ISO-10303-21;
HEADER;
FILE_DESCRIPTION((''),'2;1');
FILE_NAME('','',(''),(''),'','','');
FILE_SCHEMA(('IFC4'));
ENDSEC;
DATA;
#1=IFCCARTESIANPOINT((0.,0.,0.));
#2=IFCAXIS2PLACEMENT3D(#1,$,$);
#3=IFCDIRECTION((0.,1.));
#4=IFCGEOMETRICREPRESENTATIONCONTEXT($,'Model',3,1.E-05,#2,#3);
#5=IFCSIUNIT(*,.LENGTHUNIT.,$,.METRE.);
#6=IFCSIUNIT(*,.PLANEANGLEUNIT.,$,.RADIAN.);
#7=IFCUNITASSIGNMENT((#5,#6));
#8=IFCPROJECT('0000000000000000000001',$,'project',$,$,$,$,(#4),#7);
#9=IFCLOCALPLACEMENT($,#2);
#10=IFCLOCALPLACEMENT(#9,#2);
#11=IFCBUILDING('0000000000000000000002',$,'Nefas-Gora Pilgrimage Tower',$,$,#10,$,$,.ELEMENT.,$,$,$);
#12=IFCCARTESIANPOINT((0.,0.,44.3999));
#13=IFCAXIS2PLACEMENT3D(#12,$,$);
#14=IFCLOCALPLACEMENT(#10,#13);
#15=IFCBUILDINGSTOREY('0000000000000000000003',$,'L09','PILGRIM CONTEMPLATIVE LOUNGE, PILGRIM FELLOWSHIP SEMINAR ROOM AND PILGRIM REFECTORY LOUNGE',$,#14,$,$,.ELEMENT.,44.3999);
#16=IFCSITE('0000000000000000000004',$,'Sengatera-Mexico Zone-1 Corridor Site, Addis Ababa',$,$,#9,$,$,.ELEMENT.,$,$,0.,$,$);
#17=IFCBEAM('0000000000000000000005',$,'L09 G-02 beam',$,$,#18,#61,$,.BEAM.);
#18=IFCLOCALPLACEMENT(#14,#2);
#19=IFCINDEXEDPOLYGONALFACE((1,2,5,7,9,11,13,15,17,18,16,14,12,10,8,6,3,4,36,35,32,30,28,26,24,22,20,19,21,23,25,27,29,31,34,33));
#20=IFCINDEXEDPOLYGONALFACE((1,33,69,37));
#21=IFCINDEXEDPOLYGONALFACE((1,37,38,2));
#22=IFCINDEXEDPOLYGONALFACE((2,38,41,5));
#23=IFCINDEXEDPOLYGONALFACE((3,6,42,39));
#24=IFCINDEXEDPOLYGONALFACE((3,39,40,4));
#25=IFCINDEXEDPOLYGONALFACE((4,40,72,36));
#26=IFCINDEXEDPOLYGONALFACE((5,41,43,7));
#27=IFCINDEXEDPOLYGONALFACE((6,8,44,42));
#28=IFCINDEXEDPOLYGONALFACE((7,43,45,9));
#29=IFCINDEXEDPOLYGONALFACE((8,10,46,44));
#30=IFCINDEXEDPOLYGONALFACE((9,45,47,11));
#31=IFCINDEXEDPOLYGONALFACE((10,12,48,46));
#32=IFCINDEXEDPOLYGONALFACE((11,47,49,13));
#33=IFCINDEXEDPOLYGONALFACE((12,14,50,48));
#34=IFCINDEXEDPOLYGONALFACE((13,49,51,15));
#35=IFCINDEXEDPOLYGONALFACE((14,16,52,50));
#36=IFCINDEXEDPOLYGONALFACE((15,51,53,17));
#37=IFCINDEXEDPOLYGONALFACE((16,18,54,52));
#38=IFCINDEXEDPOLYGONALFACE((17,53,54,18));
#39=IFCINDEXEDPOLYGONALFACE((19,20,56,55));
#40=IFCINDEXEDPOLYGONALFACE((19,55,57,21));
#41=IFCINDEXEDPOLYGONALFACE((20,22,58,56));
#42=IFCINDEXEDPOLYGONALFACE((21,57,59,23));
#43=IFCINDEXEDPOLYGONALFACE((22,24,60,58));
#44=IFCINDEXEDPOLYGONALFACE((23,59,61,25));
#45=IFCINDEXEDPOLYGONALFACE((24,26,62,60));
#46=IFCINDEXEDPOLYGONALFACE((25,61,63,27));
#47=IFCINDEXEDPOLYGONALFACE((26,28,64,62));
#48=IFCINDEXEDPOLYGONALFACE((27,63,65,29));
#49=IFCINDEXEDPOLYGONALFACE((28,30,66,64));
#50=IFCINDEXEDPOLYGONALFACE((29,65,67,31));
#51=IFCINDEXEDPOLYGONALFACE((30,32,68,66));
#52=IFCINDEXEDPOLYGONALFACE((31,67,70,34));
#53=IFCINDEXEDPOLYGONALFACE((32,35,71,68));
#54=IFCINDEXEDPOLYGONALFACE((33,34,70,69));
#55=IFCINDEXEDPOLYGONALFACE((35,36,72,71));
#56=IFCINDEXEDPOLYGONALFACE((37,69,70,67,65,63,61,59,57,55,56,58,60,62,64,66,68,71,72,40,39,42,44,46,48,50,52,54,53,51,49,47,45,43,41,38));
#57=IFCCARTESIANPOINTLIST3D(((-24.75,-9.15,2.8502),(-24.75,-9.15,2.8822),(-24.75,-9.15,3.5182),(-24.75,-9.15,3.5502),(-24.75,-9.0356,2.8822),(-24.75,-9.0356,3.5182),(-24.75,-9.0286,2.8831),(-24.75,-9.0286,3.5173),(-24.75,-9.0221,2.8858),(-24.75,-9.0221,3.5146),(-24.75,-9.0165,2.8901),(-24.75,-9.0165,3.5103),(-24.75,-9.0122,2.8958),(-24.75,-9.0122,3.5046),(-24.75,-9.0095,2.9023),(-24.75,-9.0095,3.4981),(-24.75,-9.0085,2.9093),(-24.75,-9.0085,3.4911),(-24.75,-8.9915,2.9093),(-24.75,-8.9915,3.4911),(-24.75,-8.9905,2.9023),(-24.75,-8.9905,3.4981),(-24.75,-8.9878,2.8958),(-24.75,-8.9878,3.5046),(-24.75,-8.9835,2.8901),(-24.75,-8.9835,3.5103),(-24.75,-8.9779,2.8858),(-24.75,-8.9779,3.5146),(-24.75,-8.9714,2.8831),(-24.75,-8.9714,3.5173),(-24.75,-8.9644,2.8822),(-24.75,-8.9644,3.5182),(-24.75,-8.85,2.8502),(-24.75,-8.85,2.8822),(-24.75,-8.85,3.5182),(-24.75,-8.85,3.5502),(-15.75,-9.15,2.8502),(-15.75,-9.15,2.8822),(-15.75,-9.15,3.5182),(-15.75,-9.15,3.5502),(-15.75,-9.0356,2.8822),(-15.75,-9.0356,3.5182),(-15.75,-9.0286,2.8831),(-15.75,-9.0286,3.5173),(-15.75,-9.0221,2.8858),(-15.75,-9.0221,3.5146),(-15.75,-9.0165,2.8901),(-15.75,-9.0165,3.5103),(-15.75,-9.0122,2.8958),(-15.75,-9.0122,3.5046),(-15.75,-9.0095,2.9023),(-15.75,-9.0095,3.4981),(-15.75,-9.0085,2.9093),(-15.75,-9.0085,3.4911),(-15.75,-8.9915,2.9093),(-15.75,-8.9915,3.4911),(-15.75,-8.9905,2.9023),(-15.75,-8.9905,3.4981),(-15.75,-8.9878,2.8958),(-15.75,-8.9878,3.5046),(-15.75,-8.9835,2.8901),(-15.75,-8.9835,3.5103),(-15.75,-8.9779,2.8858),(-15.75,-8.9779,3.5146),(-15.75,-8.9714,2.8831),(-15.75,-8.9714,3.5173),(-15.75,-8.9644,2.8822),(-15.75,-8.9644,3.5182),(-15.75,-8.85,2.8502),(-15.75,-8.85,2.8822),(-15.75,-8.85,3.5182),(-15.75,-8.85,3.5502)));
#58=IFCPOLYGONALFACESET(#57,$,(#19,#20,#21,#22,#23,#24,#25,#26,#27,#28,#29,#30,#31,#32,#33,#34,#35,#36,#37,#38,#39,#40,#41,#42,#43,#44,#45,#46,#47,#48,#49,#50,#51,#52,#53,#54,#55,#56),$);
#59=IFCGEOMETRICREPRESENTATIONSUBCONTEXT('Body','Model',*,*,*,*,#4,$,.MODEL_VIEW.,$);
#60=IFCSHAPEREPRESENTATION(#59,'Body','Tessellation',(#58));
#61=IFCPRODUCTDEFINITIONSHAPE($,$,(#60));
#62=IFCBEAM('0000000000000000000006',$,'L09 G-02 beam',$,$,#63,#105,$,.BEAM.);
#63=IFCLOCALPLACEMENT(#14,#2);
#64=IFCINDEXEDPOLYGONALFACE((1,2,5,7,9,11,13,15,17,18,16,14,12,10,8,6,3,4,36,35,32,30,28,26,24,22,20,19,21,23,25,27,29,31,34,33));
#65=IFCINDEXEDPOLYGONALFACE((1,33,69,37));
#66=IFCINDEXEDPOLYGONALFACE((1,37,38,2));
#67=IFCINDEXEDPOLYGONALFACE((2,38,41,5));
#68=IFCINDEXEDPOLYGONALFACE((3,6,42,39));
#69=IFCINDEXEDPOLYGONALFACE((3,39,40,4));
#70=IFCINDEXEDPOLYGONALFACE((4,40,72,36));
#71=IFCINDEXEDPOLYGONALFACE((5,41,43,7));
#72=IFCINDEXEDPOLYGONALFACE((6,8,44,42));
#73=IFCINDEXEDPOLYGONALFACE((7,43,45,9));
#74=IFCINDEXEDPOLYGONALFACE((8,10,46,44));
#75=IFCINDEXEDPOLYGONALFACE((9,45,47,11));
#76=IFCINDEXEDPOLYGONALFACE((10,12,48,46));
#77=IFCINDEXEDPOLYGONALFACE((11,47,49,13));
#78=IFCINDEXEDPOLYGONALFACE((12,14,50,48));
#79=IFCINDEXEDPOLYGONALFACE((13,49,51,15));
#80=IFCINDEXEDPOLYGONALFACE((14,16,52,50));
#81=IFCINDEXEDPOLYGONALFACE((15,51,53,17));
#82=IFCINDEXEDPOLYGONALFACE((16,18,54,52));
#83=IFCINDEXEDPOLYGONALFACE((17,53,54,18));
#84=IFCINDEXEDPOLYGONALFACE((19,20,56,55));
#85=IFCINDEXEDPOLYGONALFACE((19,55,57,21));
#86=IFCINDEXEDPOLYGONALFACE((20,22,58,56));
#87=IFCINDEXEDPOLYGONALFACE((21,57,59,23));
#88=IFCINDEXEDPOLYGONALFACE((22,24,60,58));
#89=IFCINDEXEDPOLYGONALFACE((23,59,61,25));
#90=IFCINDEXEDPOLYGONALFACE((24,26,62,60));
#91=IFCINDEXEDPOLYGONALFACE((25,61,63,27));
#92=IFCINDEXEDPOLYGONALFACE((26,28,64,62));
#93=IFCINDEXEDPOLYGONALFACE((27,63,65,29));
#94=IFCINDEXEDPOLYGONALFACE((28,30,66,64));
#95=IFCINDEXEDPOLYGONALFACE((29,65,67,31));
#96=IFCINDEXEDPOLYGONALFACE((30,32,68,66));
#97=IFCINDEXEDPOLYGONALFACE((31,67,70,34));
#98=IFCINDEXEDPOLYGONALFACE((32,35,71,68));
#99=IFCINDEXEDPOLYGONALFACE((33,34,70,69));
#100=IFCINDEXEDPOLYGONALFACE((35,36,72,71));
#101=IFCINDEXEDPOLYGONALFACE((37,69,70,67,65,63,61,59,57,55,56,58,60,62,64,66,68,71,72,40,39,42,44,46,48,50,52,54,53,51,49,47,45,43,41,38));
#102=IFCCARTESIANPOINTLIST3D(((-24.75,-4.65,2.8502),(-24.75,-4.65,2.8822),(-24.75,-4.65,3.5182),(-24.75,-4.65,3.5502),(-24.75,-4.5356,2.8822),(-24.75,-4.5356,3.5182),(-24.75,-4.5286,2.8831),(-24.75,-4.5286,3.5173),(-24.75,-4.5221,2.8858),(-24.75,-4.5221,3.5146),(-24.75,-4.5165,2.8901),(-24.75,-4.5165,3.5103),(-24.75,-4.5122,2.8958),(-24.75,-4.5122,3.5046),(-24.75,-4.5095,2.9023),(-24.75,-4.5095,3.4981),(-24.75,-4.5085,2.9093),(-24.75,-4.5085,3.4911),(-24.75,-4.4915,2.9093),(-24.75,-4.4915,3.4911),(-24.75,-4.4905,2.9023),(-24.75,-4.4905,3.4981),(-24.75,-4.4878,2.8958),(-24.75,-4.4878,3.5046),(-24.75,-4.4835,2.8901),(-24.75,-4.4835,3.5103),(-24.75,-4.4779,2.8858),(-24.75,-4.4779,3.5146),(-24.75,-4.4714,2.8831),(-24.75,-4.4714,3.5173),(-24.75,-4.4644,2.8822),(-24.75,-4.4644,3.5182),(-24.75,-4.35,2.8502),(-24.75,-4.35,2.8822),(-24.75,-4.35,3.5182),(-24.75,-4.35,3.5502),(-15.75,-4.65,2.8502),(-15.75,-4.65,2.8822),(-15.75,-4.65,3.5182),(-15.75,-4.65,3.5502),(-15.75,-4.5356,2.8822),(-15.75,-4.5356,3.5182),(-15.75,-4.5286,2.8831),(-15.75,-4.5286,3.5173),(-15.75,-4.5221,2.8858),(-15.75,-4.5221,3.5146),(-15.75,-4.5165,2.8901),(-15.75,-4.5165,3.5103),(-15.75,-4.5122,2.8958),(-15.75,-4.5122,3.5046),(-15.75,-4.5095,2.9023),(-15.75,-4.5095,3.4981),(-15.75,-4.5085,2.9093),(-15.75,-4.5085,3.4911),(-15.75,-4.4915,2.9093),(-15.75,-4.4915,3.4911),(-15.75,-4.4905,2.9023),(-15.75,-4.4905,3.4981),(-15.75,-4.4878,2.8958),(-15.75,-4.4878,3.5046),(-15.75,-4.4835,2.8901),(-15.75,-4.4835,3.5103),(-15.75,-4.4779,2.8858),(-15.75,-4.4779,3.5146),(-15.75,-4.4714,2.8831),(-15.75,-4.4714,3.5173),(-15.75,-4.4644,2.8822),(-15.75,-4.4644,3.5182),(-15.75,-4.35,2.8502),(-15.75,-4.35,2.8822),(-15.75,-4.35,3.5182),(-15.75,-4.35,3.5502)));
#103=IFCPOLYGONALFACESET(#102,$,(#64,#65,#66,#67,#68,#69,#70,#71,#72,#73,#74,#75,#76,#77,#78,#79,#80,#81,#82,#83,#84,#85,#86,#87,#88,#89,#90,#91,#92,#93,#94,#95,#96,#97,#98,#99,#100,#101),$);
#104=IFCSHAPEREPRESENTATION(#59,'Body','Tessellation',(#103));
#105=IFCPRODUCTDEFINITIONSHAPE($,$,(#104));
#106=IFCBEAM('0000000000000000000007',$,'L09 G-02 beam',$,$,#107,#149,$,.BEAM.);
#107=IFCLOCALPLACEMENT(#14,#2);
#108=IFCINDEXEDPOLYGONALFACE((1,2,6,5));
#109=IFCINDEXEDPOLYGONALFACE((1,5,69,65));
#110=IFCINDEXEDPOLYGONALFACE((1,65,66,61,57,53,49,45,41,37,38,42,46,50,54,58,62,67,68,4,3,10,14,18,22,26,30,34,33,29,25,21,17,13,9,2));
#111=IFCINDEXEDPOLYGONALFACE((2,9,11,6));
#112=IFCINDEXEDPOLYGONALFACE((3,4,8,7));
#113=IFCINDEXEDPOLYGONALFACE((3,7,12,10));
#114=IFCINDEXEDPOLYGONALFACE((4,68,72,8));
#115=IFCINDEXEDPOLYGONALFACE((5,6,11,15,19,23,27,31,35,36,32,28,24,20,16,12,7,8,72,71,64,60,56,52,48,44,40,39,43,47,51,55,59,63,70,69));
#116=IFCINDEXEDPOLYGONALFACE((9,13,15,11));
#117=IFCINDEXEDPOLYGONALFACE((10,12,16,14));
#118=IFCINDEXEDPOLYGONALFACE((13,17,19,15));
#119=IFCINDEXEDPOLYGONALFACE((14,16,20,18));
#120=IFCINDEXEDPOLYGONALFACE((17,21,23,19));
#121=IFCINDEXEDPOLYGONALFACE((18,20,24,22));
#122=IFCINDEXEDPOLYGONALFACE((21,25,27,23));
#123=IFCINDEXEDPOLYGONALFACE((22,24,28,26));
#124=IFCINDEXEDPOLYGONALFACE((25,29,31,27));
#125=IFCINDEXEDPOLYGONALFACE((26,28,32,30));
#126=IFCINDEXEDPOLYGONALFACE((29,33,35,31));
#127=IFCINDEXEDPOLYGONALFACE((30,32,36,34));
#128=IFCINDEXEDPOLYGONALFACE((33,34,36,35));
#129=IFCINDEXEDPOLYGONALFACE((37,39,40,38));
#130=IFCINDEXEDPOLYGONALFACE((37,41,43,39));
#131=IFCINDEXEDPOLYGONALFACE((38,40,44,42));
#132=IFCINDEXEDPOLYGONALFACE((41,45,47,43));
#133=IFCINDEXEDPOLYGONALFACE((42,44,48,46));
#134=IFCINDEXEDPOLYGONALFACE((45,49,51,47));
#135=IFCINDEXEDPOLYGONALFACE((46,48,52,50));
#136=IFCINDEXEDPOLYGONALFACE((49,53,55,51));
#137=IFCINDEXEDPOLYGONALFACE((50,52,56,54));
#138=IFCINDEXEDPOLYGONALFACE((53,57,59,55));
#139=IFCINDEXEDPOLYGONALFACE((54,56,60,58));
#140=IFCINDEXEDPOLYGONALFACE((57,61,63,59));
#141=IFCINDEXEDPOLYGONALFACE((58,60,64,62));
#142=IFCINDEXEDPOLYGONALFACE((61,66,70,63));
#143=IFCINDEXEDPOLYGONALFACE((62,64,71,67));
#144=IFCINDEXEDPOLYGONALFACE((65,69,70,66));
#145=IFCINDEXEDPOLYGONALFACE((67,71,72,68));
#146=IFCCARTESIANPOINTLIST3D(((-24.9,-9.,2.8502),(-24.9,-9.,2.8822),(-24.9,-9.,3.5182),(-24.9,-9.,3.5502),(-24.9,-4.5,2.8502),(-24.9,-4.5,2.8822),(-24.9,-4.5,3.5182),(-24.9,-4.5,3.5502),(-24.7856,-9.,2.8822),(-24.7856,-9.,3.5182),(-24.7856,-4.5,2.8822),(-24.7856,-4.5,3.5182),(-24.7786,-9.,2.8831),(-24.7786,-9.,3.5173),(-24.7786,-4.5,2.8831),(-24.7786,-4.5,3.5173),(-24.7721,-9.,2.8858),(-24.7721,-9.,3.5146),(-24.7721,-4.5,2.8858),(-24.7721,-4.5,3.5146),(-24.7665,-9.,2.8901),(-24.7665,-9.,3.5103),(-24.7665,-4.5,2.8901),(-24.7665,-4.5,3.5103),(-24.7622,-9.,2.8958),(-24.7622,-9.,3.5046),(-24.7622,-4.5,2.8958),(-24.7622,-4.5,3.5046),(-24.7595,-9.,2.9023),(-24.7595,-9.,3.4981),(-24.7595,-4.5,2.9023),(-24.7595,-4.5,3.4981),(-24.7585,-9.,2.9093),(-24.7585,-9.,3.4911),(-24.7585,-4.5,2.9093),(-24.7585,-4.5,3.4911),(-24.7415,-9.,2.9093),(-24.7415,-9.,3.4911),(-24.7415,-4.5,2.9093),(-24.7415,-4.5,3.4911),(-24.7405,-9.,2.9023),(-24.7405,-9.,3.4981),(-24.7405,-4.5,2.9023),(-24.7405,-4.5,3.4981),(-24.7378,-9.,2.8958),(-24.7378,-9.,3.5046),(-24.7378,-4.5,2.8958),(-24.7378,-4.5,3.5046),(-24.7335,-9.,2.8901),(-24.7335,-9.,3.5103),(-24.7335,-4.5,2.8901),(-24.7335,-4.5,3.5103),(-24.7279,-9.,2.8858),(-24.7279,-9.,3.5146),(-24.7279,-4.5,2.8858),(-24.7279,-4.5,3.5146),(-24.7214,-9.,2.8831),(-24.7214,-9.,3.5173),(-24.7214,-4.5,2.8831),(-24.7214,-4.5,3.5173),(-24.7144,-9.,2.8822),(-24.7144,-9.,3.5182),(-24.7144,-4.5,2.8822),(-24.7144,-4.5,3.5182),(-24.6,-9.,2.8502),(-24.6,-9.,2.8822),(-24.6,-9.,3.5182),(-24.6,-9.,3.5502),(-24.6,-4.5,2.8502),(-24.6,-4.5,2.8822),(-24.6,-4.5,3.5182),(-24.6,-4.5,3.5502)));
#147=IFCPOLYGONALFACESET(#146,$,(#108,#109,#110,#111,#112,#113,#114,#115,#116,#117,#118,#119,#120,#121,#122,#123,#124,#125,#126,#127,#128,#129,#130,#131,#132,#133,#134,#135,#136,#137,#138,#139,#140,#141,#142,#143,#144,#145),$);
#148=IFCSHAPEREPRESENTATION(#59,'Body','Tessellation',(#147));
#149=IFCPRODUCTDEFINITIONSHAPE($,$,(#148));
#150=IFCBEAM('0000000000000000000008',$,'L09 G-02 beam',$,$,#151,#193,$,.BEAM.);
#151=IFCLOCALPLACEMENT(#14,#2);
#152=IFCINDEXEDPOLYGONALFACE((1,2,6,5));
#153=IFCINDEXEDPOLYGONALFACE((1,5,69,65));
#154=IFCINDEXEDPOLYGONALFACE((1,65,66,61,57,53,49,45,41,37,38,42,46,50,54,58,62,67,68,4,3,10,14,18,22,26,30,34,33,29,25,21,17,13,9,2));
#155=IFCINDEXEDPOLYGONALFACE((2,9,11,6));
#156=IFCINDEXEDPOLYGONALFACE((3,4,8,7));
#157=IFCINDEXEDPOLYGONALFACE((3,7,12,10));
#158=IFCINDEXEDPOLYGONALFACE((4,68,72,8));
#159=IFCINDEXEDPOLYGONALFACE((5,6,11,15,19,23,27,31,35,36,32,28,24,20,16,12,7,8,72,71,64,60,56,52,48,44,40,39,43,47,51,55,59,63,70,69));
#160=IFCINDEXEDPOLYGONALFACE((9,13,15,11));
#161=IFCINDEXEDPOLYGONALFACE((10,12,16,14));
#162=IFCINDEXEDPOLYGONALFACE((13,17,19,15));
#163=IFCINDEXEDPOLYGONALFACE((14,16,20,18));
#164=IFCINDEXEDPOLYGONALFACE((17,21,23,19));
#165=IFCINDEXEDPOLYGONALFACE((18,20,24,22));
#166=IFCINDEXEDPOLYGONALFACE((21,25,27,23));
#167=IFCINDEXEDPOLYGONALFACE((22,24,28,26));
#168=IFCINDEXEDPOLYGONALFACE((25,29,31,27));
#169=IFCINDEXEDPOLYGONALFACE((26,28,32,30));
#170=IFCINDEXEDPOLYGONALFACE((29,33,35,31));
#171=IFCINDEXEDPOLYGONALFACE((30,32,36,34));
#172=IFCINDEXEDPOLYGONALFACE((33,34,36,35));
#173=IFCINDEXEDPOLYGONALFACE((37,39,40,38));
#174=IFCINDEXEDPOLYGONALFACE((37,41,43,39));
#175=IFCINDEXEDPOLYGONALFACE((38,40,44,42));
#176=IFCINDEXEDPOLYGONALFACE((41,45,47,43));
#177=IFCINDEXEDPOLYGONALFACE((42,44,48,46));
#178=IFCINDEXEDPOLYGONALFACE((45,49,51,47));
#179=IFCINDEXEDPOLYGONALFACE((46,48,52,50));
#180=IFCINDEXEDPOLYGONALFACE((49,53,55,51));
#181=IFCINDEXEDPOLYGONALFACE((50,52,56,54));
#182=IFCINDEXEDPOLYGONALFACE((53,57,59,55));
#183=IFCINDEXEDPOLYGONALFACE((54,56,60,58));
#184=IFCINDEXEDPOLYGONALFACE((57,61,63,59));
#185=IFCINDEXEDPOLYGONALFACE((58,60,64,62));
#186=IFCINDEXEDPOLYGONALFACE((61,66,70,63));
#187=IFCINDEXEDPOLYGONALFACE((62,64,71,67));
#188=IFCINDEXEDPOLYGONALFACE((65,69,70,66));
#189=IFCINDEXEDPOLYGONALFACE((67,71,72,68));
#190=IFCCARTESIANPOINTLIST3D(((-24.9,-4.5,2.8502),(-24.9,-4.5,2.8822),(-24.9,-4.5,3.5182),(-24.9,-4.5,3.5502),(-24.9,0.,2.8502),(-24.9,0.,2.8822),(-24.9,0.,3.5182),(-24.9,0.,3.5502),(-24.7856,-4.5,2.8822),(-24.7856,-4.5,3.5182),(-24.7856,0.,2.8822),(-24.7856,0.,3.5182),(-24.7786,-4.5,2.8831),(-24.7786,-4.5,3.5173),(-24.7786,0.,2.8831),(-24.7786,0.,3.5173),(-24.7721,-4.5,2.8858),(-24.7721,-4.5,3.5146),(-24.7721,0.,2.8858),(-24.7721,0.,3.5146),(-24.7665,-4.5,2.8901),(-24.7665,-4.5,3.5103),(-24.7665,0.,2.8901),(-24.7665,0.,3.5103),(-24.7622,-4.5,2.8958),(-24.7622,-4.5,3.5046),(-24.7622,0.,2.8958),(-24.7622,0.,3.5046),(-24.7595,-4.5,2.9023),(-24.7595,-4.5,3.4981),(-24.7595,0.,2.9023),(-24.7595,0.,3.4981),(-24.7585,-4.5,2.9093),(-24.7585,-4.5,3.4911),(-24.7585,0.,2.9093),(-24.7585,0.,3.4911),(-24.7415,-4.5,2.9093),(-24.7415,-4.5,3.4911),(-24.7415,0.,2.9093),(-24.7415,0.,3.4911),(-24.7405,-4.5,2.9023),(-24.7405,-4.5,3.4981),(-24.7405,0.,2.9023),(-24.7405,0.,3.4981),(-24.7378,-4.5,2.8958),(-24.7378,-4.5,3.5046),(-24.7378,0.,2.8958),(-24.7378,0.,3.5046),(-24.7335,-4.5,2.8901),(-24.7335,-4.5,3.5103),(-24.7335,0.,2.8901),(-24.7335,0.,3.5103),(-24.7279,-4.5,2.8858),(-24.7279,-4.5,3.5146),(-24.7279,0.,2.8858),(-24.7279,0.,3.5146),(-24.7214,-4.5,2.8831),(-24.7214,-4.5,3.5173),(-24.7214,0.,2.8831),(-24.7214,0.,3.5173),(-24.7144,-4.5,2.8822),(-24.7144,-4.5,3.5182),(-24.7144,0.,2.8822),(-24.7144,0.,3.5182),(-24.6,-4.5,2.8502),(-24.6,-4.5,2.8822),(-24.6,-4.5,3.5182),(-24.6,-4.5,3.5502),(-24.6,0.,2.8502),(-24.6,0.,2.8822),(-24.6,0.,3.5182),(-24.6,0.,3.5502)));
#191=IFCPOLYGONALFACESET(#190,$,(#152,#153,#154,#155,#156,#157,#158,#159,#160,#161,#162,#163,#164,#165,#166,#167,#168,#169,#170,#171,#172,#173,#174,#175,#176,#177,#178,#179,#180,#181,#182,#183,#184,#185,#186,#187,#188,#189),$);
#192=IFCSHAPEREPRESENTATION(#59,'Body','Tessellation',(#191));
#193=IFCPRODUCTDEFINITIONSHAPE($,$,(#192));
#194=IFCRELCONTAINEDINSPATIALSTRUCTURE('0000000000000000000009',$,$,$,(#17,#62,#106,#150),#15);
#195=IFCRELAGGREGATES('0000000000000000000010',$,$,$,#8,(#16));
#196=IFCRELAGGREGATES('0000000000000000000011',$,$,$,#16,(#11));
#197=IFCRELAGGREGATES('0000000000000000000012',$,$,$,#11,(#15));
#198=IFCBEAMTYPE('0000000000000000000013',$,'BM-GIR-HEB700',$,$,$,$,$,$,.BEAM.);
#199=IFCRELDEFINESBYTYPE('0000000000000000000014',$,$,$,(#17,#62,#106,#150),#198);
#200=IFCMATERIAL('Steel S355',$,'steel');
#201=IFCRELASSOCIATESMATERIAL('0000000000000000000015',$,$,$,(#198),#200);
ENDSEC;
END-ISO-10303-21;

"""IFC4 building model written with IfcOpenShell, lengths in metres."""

from ifc_helpers import new_model, si_unit, direction, frame, origin, origin_2d, place, context, subcontext, project, spatial, i_section, extrude, source, transform, mapped, material, material_profile, profile_set, type_object, element, save


model = new_model("IFC4")

# Units and contexts
model_context = context("Model", 3, precision=1e-05, world=origin(), true_north=direction((0.0, 1.0)))
body_context = subcontext(model_context, "Body", "Model", "MODEL_VIEW")
ifc_project = project(units=[si_unit("LENGTHUNIT", "METRE"), si_unit("PLANEANGLEUNIT", "RADIAN")], contexts=[model_context])

# Site, building, storey
site_placement = place(None, origin())
site = spatial("IfcSite", under=ifc_project, at=site_placement, Name="Sengatera-Mexico Zone-1 Corridor Site, Addis Ababa", CompositionType="ELEMENT", RefElevation=0.0)
building_placement = place(site_placement, origin())
building = spatial("IfcBuilding", under=site, at=building_placement, Name="Nefas-Gora Pilgrimage Tower", CompositionType="ELEMENT")
storey_placement = place(building_placement, frame((0.0, 0.0, 44.3999)))
storey = spatial("IfcBuildingStorey", under=building, at=storey_placement, Name="L09", Description="PILGRIM CONTEMPLATIVE LOUNGE, PILGRIM FELLOWSHIP SEMINAR ROOM AND PILGRIM REFECTORY LOUNGE", CompositionType="ELEMENT", Elevation=44.3999)

# Beams
ifc_material_1 = material(Name="Steel S355", Category="steel")
ifc_material_profile_1 = material_profile(ifc_material_1, i_section(OverallWidth=0.3, OverallDepth=0.7, WebThickness=0.0171, FlangeThickness=0.032, FilletRadius=0.0271, at=origin_2d()), Name="HEB 700")
ifc_profile_set_1 = profile_set([ifc_material_profile_1], Name="Steel S355")
beam_type_1 = type_object("IfcBeamType", Name="BM-GIR-HEB700", PredefinedType="BEAM", material=ifc_profile_set_1)
shared_shape_1 = source(origin(), body_context, "Body", "SweptSolid", [
    extrude(i_section(OverallWidth=0.3, OverallDepth=0.7, WebThickness=0.0171, FlangeThickness=0.032, FilletRadius=0.0271, at=origin_2d()), origin(), (0.0, 0.0, 1.0), 9.0),
])
for number, where, z_axis, x_axis, name in (
    (1, (-24.75, -9.0, 3.2002), (1.0, 0.0, 0.0), (0.0, 1.0, 0.0), "L09 G-02 beam"),
    (2, (-24.75, -4.5, 3.2002), (1.0, 0.0, 0.0), (0.0, 1.0, 0.0), "L09 G-02 beam"),
):
    element("IfcBeam", number, at=place(storey_placement, frame(where, z_axis=z_axis, x_axis=x_axis)), inside=storey, type_object=beam_type_1, Name=name, PredefinedType="BEAM", context=body_context, shape_type="MappedRepresentation", body=[
        mapped(shared_shape_1, transform((0.0, 0.0, 0.0), x_axis=(1.0, 0.0, 0.0), y_axis=(0.0, 1.0, 0.0), z_axis=(0.0, 0.0, 1.0), scale=1.0)),
    ])
shared_shape_2 = source(origin(), body_context, "Body", "SweptSolid", [
    extrude(i_section(OverallWidth=0.3, OverallDepth=0.7, WebThickness=0.0171, FlangeThickness=0.032, FilletRadius=0.0271, at=origin_2d()), origin(), (0.0, 0.0, 1.0), 4.5),
])
for number, where, z_axis, x_axis, name in (
    (3, (-24.75, -9.0, 3.2002), (0.0, 1.0, 0.0), (-1.0, 0.0, 0.0), "L09 G-02 beam"),
    (4, (-24.75, -4.5, 3.2002), (0.0, 1.0, 0.0), (-1.0, 0.0, 0.0), "L09 G-02 beam"),
):
    element("IfcBeam", number, at=place(storey_placement, frame(where, z_axis=z_axis, x_axis=x_axis)), inside=storey, type_object=beam_type_1, Name=name, PredefinedType="BEAM", context=body_context, shape_type="MappedRepresentation", body=[
        mapped(shared_shape_2, transform((0.0, 0.0, 0.0), x_axis=(1.0, 0.0, 0.0), y_axis=(0.0, 1.0, 0.0), z_axis=(0.0, 0.0, 1.0), scale=1.0)),
    ])

save(model, "model.ifc")
